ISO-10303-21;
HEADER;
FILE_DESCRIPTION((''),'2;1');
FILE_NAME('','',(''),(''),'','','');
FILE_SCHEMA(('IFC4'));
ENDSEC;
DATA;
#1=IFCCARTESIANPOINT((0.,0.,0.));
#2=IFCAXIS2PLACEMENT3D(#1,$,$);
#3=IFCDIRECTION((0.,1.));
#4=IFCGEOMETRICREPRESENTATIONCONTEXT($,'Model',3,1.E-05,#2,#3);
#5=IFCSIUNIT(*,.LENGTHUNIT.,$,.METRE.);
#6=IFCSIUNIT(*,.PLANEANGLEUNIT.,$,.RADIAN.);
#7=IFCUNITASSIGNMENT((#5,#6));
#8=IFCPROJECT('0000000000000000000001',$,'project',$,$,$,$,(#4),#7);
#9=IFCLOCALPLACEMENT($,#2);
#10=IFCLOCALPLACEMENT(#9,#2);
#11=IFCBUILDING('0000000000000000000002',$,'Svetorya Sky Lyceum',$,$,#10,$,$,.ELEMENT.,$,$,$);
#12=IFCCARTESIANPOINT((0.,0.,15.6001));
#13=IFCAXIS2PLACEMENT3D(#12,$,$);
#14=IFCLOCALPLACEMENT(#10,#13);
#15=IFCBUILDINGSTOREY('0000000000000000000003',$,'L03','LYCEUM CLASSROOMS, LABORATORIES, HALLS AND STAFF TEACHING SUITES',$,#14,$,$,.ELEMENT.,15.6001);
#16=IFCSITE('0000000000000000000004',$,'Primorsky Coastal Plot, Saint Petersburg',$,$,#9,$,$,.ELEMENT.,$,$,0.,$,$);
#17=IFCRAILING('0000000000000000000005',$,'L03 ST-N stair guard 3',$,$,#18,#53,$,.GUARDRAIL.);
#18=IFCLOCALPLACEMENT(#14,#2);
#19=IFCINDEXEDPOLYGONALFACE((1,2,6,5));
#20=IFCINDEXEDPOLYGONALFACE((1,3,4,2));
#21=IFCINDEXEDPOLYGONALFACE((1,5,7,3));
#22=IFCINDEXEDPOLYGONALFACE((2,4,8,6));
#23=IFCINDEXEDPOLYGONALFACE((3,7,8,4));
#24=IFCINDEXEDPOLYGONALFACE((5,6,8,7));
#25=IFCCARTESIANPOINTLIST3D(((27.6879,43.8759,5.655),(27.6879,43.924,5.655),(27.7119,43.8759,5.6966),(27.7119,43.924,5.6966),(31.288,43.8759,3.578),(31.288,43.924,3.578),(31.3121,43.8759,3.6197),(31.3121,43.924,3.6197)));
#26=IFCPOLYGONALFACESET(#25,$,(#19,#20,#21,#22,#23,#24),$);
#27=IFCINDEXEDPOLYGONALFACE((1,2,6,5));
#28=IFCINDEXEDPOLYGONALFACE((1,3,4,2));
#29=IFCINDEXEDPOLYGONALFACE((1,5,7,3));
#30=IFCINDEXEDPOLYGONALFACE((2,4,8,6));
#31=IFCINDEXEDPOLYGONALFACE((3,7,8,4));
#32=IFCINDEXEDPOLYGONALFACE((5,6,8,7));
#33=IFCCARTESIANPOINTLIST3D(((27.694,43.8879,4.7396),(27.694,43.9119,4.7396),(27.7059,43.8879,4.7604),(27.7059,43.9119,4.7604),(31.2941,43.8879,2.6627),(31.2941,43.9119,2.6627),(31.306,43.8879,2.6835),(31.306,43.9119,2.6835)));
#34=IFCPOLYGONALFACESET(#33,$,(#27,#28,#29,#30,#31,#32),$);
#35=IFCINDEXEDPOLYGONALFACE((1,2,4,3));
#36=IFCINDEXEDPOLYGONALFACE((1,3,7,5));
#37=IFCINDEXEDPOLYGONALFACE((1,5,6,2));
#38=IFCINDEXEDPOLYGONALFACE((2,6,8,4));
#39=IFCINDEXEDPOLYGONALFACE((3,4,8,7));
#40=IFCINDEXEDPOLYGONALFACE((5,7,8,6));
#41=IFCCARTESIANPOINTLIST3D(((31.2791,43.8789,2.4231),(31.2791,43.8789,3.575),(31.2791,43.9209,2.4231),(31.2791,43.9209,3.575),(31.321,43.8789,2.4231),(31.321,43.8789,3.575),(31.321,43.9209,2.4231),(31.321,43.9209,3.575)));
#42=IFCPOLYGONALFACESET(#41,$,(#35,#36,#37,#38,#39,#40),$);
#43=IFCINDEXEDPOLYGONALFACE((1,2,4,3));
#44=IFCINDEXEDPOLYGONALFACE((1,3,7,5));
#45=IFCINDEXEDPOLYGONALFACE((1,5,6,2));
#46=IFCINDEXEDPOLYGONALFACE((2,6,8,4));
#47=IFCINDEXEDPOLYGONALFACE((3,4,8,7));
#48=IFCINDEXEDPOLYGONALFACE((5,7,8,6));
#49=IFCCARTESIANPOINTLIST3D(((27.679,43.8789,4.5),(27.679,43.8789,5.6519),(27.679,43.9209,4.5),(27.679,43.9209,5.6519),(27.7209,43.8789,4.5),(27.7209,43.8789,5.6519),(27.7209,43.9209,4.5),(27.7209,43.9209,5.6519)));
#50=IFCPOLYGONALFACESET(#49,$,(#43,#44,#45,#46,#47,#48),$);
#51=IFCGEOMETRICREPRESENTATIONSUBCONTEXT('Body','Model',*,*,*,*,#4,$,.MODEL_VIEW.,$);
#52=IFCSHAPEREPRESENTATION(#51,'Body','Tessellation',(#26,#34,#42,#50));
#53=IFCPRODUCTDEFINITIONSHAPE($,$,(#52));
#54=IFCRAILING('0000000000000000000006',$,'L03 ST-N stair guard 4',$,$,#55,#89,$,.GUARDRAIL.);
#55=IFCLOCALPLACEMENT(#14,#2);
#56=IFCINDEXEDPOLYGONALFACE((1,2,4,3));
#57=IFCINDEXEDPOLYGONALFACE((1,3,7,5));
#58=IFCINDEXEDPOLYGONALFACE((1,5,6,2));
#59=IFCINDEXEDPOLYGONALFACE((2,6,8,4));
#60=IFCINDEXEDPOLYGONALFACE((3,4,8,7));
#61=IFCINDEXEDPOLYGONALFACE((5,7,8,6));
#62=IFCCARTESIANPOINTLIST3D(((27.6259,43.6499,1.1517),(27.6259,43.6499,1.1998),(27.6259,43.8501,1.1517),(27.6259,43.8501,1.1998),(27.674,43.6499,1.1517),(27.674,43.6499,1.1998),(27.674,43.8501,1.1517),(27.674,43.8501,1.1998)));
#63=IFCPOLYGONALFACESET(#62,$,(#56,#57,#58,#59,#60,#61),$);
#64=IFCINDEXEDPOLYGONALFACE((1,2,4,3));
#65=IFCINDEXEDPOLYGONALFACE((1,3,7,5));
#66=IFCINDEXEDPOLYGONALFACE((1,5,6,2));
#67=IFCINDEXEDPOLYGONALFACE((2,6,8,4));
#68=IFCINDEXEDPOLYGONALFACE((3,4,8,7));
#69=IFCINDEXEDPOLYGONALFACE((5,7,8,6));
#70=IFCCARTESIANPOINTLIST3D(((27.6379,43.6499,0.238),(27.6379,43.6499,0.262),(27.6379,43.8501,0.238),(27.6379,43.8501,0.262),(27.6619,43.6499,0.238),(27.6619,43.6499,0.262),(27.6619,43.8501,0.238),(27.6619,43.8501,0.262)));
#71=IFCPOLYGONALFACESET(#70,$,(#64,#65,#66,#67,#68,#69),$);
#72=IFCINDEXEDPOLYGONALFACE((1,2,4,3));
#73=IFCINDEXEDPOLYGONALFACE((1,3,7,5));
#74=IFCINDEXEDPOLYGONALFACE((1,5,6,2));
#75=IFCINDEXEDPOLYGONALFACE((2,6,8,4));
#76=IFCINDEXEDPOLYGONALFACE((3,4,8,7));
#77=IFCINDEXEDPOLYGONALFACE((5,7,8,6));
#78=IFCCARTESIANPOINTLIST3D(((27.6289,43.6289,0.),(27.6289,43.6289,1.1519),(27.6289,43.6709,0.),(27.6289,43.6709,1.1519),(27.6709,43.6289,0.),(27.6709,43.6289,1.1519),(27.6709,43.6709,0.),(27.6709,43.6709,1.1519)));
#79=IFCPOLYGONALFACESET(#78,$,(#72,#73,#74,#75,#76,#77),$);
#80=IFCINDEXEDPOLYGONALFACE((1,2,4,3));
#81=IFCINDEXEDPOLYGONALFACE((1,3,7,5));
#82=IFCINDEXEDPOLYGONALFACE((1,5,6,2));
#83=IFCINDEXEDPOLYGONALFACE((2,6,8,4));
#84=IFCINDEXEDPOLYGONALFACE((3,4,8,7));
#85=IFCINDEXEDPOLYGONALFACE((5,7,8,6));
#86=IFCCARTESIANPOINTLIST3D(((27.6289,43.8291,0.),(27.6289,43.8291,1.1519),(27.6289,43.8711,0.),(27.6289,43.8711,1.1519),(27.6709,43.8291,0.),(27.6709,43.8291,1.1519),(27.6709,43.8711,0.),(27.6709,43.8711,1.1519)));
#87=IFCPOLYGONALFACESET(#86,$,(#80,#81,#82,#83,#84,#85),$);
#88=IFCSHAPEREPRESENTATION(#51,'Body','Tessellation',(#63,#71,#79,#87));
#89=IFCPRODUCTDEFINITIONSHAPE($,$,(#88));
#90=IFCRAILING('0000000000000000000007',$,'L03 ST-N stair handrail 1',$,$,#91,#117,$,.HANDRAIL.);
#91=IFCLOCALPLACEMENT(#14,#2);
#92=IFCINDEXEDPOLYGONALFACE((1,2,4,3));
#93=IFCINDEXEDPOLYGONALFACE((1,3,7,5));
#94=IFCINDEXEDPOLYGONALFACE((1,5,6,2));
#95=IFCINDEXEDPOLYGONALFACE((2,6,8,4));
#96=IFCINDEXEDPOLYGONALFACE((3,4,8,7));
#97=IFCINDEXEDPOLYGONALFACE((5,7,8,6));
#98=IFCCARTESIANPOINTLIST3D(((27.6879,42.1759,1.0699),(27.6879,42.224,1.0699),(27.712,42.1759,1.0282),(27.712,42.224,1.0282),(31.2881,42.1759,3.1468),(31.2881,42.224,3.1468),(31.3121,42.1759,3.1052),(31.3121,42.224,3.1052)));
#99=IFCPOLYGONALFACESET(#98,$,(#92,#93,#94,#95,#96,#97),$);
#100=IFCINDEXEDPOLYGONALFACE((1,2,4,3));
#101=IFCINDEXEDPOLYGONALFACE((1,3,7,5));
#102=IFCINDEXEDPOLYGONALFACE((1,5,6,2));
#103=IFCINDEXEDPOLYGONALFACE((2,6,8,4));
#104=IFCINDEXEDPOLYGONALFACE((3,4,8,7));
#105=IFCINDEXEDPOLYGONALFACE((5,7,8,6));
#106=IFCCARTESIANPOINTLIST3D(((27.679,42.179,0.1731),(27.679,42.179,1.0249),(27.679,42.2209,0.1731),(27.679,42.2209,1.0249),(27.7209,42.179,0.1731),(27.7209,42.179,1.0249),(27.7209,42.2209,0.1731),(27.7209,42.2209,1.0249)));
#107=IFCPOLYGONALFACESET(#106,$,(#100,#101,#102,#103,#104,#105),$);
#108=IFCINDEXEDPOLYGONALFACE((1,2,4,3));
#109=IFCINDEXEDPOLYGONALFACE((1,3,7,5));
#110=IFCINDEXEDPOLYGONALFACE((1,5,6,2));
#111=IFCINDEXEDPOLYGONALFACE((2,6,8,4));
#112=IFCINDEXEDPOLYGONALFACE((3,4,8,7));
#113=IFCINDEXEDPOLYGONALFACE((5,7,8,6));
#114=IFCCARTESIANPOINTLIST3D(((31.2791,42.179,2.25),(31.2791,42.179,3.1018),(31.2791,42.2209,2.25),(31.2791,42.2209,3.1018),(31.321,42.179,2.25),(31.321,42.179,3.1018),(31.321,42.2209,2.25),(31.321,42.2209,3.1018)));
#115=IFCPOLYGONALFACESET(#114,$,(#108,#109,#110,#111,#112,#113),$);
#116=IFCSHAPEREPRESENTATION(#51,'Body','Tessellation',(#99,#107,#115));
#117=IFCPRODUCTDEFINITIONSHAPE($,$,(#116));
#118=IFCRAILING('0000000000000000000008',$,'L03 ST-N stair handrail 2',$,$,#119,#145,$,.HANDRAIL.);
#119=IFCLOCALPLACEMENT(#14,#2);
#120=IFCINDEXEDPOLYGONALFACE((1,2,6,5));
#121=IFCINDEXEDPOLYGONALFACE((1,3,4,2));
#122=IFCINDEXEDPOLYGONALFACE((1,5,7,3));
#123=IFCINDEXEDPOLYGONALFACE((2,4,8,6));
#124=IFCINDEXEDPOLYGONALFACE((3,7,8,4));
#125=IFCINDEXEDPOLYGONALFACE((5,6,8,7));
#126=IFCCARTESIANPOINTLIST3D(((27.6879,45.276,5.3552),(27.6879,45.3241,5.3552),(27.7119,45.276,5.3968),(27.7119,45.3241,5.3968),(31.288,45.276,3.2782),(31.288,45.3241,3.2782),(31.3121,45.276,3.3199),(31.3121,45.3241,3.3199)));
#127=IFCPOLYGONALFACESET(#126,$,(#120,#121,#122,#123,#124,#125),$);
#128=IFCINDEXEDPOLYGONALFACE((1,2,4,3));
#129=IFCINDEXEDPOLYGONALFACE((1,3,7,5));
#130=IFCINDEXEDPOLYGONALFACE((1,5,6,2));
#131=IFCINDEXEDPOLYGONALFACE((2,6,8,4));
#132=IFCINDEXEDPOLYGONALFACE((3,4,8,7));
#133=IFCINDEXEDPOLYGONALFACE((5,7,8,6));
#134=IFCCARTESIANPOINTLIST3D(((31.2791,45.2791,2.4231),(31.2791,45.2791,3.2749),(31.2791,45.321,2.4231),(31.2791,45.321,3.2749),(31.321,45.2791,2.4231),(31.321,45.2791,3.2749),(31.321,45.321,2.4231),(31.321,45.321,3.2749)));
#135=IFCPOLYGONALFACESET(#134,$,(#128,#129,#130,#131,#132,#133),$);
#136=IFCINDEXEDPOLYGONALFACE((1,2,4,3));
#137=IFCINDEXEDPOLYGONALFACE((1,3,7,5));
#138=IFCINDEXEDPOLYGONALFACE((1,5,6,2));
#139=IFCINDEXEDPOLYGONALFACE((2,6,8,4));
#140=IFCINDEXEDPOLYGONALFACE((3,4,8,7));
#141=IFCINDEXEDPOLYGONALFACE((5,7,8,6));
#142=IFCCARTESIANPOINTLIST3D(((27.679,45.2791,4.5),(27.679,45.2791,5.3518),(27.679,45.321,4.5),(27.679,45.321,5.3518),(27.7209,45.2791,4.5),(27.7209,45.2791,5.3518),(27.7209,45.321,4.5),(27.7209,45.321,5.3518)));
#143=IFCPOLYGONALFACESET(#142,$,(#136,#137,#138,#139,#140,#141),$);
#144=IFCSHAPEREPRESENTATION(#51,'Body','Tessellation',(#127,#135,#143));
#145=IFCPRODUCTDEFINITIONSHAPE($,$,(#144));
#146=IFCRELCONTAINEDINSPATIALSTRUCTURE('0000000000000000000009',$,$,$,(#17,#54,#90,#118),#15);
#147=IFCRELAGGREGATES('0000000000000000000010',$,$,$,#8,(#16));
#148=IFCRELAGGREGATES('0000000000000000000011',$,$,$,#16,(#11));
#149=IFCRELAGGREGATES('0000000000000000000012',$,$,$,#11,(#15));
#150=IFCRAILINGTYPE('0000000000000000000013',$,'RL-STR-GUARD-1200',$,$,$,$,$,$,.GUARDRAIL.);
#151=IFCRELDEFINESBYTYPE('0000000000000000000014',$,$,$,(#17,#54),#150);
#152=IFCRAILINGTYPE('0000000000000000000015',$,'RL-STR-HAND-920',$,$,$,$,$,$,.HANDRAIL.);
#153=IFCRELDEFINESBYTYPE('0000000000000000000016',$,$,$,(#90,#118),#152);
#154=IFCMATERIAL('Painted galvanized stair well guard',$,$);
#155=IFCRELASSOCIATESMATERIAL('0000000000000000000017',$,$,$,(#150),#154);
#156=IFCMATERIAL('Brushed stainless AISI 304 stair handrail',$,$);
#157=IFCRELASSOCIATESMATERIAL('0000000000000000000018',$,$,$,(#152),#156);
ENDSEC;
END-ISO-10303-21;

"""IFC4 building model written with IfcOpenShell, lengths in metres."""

from ifc_helpers import new_model, si_unit, direction, frame, origin, origin_2d, place, context, subcontext, project, spatial, rectangle, extrude, material, type_object, element, save


model = new_model("IFC4")

# Units and contexts
model_context = context("Model", 3, precision=1e-05, world=origin(), true_north=direction((0.0, 1.0)))
body_context = subcontext(model_context, "Body", "Model", "MODEL_VIEW")
ifc_project = project(units=[si_unit("LENGTHUNIT", "METRE"), si_unit("PLANEANGLEUNIT", "RADIAN")], contexts=[model_context])

# Site, building, storey
site_placement = place(None, origin())
site = spatial("IfcSite", under=ifc_project, at=site_placement, Name="Primorsky Coastal Plot, Saint Petersburg", CompositionType="ELEMENT", RefElevation=0.0)
building_placement = place(site_placement, origin())
building = spatial("IfcBuilding", under=site, at=building_placement, Name="Svetorya Sky Lyceum", CompositionType="ELEMENT")
storey_placement = place(building_placement, frame((0.0, 0.0, 15.6001)))
storey = spatial("IfcBuildingStorey", under=building, at=storey_placement, Name="L03", Description="LYCEUM CLASSROOMS, LABORATORIES, HALLS AND STAFF TEACHING SUITES", CompositionType="ELEMENT", Elevation=15.6001)

# Railings
ifc_material_1 = material(Name="Painted galvanized stair well guard")
railing_type_1 = type_object("IfcRailingType", Name="RL-STR-GUARD-1200", PredefinedType="GUARDRAIL", material=ifc_material_1)
railing_1_placement = place(storey_placement, frame((31.3, 43.8999, 2.4231)))
element("IfcRailing", 1, at=railing_1_placement, inside=storey, type_object=railing_type_1, Name="L03 ST-N stair guard 3", PredefinedType="GUARDRAIL", context=body_context, shape_type="SweptSolid", body=[
    extrude(rectangle(XDim=0.0481, YDim=0.0481, at=origin_2d()), frame((0.0, 0.0, 1.1758), z_axis=(-0.866193, 0.0, 0.499709), x_axis=(0.0, -1.0, 0.0)), (0.0, 0.0, 1.0), 4.1562),
    extrude(rectangle(XDim=0.0239, YDim=0.0239, at=origin_2d()), frame((0.0, 0.0, 0.25), z_axis=(-0.866193, 0.0, 0.499709), x_axis=(0.0, -1.0, 0.0)), (0.0, 0.0, 1.0), 4.1562),
    extrude(rectangle(XDim=0.042, YDim=0.042, at=origin_2d()), origin(), (0.0, 0.0, 1.0), 1.1519),
    extrude(rectangle(XDim=0.042, YDim=0.042, at=origin_2d()), frame((-3.6001, 0.0, 2.0769)), (0.0, 0.0, 1.0), 1.1519),
])
railing_2_placement = place(storey_placement, frame((27.6499, 43.6499, 0.0)))
element("IfcRailing", 2, at=railing_2_placement, inside=storey, type_object=railing_type_1, Name="L03 ST-N stair guard 4", PredefinedType="GUARDRAIL", context=body_context, shape_type="SweptSolid", body=[
    extrude(rectangle(XDim=0.0481, YDim=0.0481, at=origin_2d()), frame((0.0, 0.0, 1.1758), z_axis=(0.0, 1.0, 0.0), x_axis=(-1.0, 0.0, 0.0)), (0.0, 0.0, 1.0), 0.2002),
    extrude(rectangle(XDim=0.0239, YDim=0.0239, at=origin_2d()), frame((0.0, 0.0, 0.25), z_axis=(0.0, 1.0, 0.0), x_axis=(-1.0, 0.0, 0.0)), (0.0, 0.0, 1.0), 0.2002),
    extrude(rectangle(XDim=0.042, YDim=0.042, at=origin_2d()), origin(), (0.0, 0.0, 1.0), 1.1519),
    extrude(rectangle(XDim=0.042, YDim=0.042, at=origin_2d()), frame((0.0, 0.2002, 0.0)), (0.0, 0.0, 1.0), 1.1519),
])
ifc_material_2 = material(Name="Brushed stainless AISI 304 stair handrail")
railing_type_2 = type_object("IfcRailingType", Name="RL-STR-HAND-920", PredefinedType="HANDRAIL", material=ifc_material_2)
railing_3_placement = place(storey_placement, frame((27.7, 42.2, 0.1731)))
element("IfcRailing", 3, at=railing_3_placement, inside=storey, type_object=railing_type_2, Name="L03 ST-N stair handrail 1", PredefinedType="HANDRAIL", context=body_context, shape_type="SweptSolid", body=[
    extrude(rectangle(XDim=0.0481, YDim=0.0481, at=origin_2d()), frame((0.0, 0.0, 0.876), z_axis=(0.866193, 0.0, 0.499709), x_axis=(0.0, 1.0, 0.0)), (0.0, 0.0, 1.0), 4.1562),
    extrude(rectangle(XDim=0.042, YDim=0.042, at=origin_2d()), origin(), (0.0, 0.0, 1.0), 0.8518),
    extrude(rectangle(XDim=0.042, YDim=0.042, at=origin_2d()), frame((3.6001, 0.0, 2.0769)), (0.0, 0.0, 1.0), 0.8518),
])
railing_4_placement = place(storey_placement, frame((31.3, 45.3, 2.4231)))
element("IfcRailing", 4, at=railing_4_placement, inside=storey, type_object=railing_type_2, Name="L03 ST-N stair handrail 2", PredefinedType="HANDRAIL", context=body_context, shape_type="SweptSolid", body=[
    extrude(rectangle(XDim=0.0481, YDim=0.0481, at=origin_2d()), frame((0.0, 0.0, 0.876), z_axis=(-0.866193, 0.0, 0.499709), x_axis=(0.0, -1.0, 0.0)), (0.0, 0.0, 1.0), 4.1562),
    extrude(rectangle(XDim=0.042, YDim=0.042, at=origin_2d()), origin(), (0.0, 0.0, 1.0), 0.8518),
    extrude(rectangle(XDim=0.042, YDim=0.042, at=origin_2d()), frame((-3.6001, 0.0, 2.0769)), (0.0, 0.0, 1.0), 0.8518),
])

save(model, "model.ifc")
